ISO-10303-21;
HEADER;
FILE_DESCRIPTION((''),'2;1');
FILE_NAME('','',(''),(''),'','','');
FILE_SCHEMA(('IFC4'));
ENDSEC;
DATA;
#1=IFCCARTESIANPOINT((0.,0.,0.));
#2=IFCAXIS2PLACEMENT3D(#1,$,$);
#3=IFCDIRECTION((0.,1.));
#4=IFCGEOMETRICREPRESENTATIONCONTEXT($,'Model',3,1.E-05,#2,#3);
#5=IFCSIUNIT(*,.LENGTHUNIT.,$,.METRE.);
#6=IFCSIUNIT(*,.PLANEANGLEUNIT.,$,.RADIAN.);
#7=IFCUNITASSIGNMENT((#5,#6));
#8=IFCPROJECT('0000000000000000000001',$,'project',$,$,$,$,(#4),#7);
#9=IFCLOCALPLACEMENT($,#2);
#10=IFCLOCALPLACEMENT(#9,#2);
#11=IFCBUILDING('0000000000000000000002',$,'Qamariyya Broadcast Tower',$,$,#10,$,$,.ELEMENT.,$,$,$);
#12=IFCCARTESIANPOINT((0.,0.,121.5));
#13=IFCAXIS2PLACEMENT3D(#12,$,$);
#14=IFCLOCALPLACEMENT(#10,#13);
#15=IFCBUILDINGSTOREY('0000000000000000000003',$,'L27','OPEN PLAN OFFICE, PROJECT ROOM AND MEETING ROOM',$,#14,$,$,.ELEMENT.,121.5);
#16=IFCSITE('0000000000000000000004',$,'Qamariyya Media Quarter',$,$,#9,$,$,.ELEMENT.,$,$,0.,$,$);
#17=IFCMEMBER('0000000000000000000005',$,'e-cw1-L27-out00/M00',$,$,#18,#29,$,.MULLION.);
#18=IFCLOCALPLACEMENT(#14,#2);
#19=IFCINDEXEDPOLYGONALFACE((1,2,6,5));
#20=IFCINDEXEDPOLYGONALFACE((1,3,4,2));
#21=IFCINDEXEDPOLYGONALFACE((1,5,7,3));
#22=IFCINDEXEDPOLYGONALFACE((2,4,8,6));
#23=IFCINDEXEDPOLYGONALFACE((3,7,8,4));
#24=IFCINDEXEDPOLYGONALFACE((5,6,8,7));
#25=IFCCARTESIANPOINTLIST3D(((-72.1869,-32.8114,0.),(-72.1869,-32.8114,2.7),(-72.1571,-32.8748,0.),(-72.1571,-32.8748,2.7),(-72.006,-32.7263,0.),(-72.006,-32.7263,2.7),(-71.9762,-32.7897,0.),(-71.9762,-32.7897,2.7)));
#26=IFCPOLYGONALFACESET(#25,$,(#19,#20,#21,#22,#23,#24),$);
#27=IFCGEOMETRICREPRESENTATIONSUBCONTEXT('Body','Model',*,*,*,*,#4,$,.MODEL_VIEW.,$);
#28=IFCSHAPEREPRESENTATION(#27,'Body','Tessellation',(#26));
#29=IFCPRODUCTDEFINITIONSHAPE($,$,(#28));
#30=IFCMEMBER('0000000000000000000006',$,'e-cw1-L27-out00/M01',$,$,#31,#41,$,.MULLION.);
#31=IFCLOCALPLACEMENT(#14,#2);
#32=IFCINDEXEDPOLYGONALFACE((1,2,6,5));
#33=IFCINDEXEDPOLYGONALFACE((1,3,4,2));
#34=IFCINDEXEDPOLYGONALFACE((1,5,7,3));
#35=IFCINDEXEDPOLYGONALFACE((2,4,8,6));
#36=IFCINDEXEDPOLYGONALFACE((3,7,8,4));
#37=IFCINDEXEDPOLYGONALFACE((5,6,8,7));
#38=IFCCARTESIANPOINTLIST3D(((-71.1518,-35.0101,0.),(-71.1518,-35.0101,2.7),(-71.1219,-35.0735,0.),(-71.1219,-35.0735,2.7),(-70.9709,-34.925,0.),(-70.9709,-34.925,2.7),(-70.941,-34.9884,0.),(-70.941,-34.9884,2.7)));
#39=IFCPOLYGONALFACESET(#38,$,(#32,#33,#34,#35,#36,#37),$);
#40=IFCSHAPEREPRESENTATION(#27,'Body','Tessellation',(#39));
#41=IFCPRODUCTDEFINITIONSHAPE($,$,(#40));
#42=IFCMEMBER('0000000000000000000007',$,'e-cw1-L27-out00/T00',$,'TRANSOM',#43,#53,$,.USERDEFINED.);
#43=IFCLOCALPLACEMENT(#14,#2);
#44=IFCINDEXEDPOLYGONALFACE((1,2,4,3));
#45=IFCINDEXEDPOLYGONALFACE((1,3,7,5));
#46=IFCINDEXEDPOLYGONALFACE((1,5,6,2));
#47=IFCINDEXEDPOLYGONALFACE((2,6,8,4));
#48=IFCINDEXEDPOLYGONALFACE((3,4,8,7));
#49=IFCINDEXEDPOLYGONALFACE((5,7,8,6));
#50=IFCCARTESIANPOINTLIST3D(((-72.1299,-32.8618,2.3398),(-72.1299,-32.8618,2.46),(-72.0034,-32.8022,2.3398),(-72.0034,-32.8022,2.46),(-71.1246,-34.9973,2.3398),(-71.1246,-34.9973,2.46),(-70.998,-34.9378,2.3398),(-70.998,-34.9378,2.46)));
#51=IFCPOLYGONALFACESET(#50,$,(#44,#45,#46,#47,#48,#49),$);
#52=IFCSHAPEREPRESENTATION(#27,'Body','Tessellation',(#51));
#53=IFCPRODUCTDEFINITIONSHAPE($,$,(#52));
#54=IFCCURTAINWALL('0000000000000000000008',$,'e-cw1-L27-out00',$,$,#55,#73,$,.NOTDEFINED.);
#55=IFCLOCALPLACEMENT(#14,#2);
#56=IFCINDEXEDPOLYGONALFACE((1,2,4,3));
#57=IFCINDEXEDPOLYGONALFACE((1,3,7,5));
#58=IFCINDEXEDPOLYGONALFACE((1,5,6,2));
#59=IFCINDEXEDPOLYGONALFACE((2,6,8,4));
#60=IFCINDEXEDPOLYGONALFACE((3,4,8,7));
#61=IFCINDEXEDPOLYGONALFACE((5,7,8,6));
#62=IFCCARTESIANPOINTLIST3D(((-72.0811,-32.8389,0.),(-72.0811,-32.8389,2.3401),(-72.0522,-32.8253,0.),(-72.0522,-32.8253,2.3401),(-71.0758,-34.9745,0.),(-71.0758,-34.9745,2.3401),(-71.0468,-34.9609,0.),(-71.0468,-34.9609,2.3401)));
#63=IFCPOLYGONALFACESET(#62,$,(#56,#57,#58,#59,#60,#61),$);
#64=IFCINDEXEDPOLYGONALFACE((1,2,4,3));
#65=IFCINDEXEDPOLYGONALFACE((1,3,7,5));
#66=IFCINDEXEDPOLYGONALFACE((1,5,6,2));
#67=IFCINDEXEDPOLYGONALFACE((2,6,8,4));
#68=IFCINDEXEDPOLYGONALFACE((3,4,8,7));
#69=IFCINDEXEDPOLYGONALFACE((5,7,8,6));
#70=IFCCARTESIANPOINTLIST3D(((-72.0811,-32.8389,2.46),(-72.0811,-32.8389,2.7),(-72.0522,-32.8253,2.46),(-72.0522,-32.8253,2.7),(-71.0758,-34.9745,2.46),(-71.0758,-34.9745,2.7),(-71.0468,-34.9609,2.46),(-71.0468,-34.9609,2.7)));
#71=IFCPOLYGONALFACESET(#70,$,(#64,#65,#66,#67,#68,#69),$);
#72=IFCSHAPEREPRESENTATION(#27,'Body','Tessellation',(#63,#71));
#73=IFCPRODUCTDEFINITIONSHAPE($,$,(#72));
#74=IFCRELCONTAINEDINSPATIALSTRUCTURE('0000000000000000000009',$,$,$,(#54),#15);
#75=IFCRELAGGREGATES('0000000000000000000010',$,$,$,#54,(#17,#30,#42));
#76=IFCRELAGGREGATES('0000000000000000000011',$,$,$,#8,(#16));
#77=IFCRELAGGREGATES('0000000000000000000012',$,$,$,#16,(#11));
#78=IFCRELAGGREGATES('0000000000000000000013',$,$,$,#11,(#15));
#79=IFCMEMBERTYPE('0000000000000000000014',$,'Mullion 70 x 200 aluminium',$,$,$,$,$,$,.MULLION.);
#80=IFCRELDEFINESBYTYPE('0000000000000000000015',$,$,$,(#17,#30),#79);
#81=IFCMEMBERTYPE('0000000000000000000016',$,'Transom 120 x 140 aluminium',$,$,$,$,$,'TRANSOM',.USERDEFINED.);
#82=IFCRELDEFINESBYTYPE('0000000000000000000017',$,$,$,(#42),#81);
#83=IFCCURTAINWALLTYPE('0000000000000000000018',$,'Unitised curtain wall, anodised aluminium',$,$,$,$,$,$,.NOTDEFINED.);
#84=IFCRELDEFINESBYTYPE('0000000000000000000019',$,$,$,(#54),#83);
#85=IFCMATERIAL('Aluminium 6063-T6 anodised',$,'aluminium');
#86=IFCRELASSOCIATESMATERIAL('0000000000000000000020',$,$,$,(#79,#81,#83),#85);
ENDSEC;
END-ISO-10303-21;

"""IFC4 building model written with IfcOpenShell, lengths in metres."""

from ifc_helpers import new_model, si_unit, direction, frame, origin, origin_2d, place, context, subcontext, project, spatial, rectangle, extrude, material, material_profile, profile_set, type_object, element, aggregate, save


model = new_model("IFC4")

# Units and contexts
model_context = context("Model", 3, precision=1e-05, world=origin(), true_north=direction((0.0, 1.0)))
body_context = subcontext(model_context, "Body", "Model", "MODEL_VIEW")
ifc_project = project(units=[si_unit("LENGTHUNIT", "METRE"), si_unit("PLANEANGLEUNIT", "RADIAN")], contexts=[model_context])

# Members
ifc_material = material(Name="Aluminium 6063-T6 anodised", Category="aluminium")
ifc_material_profile_1 = material_profile(ifc_material, rectangle(XDim=0.2, YDim=0.0701, at=origin_2d()))
ifc_profile_set_1 = profile_set([ifc_material_profile_1], Name="Aluminium 6063-T6 anodised")
member_type_1 = type_object("IfcMemberType", Name="Mullion 70 x 200 aluminium", PredefinedType="MULLION", material=ifc_profile_set_1)
site_placement = place(None, origin())
building_placement = place(site_placement, origin())
storey_placement = place(building_placement, frame((0.0, 0.0, 121.5)))
member_1_placement = place(storey_placement, frame((-72.0815, -32.8005, 0.0), z_axis=(0.0, 0.0, 1.0), x_axis=(0.90477, 0.4259, 0.0)))
member_1 = element("IfcMember", 1, at=member_1_placement, type_object=member_type_1, Name="e-cw1-L27-out00/M00", PredefinedType="MULLION", context=body_context, shape_type="SweptSolid", body=[
    extrude(rectangle(XDim=0.2, YDim=0.0701, at=origin_2d()), origin(), (0.0, 0.0, 1.0), 2.7),
])
member_2_placement = place(storey_placement, frame((-71.0464, -34.9993, 0.0), z_axis=(0.0, 0.0, 1.0), x_axis=(0.90477, 0.4259, 0.0)))
member_2 = element("IfcMember", 2, at=member_2_placement, type_object=member_type_1, Name="e-cw1-L27-out00/M01", PredefinedType="MULLION", context=body_context, shape_type="SweptSolid", body=[
    extrude(rectangle(XDim=0.2, YDim=0.0701, at=origin_2d()), origin(), (0.0, 0.0, 1.0), 2.7),
])
ifc_material_profile_2 = material_profile(ifc_material, rectangle(XDim=0.1399, YDim=0.1201, at=origin_2d()))
ifc_profile_set_2 = profile_set([ifc_material_profile_2], Name="Aluminium 6063-T6 anodised")
member_type_2 = type_object("IfcMemberType", Name="Transom 120 x 140 aluminium", ElementType="TRANSOM", PredefinedType="USERDEFINED", material=ifc_profile_set_2)
member_3_placement = place(storey_placement, frame((-72.0667, -32.832, 2.3999), z_axis=(0.425946, -0.904748, 0.0), x_axis=(0.904748, 0.425946, 0.0)))
member_3 = element("IfcMember", 3, at=member_3_placement, type_object=member_type_2, Name="e-cw1-L27-out00/T00", ObjectType="TRANSOM", PredefinedType="USERDEFINED", context=body_context, shape_type="SweptSolid", body=[
    extrude(rectangle(XDim=0.1399, YDim=0.1201, at=origin_2d()), origin(), (0.0, 0.0, 1.0), 2.3604),
])

# Site, building, storey
site = spatial("IfcSite", under=ifc_project, at=site_placement, Name="Qamariyya Media Quarter", CompositionType="ELEMENT", RefElevation=0.0)
building = spatial("IfcBuilding", under=site, at=building_placement, Name="Qamariyya Broadcast Tower", CompositionType="ELEMENT")
storey = spatial("IfcBuildingStorey", under=building, at=storey_placement, Name="L27", Description="OPEN PLAN OFFICE, PROJECT ROOM AND MEETING ROOM", CompositionType="ELEMENT", Elevation=121.5)

# Curtain wall
curtain_wall_type = type_object("IfcCurtainWallType", Name="Unitised curtain wall, anodised aluminium", PredefinedType="NOTDEFINED", material=ifc_material)
curtain_wall_1_placement = place(storey_placement, origin())
curtain_wall_1 = element("IfcCurtainWall", 4, at=curtain_wall_1_placement, inside=storey, type_object=curtain_wall_type, Name="e-cw1-L27-out00", PredefinedType="NOTDEFINED", context=body_context, shape_type="SweptSolid", body=[
    extrude(rectangle(XDim=2.3604, YDim=0.032, at=origin_2d()), frame((-71.564, -33.8999, 0.0), x_axis=(0.425919, -0.904761, 0.0)), (0.0, 0.0, 1.0), 2.3401),
    extrude(rectangle(XDim=2.3604, YDim=0.032, at=origin_2d()), frame((-71.564, -33.8999, 2.46), x_axis=(0.425919, -0.904761, 0.0)), (0.0, 0.0, 1.0), 0.24),
])
aggregate(curtain_wall_1, [member_1, member_2, member_3])

save(model, "model.ifc")
